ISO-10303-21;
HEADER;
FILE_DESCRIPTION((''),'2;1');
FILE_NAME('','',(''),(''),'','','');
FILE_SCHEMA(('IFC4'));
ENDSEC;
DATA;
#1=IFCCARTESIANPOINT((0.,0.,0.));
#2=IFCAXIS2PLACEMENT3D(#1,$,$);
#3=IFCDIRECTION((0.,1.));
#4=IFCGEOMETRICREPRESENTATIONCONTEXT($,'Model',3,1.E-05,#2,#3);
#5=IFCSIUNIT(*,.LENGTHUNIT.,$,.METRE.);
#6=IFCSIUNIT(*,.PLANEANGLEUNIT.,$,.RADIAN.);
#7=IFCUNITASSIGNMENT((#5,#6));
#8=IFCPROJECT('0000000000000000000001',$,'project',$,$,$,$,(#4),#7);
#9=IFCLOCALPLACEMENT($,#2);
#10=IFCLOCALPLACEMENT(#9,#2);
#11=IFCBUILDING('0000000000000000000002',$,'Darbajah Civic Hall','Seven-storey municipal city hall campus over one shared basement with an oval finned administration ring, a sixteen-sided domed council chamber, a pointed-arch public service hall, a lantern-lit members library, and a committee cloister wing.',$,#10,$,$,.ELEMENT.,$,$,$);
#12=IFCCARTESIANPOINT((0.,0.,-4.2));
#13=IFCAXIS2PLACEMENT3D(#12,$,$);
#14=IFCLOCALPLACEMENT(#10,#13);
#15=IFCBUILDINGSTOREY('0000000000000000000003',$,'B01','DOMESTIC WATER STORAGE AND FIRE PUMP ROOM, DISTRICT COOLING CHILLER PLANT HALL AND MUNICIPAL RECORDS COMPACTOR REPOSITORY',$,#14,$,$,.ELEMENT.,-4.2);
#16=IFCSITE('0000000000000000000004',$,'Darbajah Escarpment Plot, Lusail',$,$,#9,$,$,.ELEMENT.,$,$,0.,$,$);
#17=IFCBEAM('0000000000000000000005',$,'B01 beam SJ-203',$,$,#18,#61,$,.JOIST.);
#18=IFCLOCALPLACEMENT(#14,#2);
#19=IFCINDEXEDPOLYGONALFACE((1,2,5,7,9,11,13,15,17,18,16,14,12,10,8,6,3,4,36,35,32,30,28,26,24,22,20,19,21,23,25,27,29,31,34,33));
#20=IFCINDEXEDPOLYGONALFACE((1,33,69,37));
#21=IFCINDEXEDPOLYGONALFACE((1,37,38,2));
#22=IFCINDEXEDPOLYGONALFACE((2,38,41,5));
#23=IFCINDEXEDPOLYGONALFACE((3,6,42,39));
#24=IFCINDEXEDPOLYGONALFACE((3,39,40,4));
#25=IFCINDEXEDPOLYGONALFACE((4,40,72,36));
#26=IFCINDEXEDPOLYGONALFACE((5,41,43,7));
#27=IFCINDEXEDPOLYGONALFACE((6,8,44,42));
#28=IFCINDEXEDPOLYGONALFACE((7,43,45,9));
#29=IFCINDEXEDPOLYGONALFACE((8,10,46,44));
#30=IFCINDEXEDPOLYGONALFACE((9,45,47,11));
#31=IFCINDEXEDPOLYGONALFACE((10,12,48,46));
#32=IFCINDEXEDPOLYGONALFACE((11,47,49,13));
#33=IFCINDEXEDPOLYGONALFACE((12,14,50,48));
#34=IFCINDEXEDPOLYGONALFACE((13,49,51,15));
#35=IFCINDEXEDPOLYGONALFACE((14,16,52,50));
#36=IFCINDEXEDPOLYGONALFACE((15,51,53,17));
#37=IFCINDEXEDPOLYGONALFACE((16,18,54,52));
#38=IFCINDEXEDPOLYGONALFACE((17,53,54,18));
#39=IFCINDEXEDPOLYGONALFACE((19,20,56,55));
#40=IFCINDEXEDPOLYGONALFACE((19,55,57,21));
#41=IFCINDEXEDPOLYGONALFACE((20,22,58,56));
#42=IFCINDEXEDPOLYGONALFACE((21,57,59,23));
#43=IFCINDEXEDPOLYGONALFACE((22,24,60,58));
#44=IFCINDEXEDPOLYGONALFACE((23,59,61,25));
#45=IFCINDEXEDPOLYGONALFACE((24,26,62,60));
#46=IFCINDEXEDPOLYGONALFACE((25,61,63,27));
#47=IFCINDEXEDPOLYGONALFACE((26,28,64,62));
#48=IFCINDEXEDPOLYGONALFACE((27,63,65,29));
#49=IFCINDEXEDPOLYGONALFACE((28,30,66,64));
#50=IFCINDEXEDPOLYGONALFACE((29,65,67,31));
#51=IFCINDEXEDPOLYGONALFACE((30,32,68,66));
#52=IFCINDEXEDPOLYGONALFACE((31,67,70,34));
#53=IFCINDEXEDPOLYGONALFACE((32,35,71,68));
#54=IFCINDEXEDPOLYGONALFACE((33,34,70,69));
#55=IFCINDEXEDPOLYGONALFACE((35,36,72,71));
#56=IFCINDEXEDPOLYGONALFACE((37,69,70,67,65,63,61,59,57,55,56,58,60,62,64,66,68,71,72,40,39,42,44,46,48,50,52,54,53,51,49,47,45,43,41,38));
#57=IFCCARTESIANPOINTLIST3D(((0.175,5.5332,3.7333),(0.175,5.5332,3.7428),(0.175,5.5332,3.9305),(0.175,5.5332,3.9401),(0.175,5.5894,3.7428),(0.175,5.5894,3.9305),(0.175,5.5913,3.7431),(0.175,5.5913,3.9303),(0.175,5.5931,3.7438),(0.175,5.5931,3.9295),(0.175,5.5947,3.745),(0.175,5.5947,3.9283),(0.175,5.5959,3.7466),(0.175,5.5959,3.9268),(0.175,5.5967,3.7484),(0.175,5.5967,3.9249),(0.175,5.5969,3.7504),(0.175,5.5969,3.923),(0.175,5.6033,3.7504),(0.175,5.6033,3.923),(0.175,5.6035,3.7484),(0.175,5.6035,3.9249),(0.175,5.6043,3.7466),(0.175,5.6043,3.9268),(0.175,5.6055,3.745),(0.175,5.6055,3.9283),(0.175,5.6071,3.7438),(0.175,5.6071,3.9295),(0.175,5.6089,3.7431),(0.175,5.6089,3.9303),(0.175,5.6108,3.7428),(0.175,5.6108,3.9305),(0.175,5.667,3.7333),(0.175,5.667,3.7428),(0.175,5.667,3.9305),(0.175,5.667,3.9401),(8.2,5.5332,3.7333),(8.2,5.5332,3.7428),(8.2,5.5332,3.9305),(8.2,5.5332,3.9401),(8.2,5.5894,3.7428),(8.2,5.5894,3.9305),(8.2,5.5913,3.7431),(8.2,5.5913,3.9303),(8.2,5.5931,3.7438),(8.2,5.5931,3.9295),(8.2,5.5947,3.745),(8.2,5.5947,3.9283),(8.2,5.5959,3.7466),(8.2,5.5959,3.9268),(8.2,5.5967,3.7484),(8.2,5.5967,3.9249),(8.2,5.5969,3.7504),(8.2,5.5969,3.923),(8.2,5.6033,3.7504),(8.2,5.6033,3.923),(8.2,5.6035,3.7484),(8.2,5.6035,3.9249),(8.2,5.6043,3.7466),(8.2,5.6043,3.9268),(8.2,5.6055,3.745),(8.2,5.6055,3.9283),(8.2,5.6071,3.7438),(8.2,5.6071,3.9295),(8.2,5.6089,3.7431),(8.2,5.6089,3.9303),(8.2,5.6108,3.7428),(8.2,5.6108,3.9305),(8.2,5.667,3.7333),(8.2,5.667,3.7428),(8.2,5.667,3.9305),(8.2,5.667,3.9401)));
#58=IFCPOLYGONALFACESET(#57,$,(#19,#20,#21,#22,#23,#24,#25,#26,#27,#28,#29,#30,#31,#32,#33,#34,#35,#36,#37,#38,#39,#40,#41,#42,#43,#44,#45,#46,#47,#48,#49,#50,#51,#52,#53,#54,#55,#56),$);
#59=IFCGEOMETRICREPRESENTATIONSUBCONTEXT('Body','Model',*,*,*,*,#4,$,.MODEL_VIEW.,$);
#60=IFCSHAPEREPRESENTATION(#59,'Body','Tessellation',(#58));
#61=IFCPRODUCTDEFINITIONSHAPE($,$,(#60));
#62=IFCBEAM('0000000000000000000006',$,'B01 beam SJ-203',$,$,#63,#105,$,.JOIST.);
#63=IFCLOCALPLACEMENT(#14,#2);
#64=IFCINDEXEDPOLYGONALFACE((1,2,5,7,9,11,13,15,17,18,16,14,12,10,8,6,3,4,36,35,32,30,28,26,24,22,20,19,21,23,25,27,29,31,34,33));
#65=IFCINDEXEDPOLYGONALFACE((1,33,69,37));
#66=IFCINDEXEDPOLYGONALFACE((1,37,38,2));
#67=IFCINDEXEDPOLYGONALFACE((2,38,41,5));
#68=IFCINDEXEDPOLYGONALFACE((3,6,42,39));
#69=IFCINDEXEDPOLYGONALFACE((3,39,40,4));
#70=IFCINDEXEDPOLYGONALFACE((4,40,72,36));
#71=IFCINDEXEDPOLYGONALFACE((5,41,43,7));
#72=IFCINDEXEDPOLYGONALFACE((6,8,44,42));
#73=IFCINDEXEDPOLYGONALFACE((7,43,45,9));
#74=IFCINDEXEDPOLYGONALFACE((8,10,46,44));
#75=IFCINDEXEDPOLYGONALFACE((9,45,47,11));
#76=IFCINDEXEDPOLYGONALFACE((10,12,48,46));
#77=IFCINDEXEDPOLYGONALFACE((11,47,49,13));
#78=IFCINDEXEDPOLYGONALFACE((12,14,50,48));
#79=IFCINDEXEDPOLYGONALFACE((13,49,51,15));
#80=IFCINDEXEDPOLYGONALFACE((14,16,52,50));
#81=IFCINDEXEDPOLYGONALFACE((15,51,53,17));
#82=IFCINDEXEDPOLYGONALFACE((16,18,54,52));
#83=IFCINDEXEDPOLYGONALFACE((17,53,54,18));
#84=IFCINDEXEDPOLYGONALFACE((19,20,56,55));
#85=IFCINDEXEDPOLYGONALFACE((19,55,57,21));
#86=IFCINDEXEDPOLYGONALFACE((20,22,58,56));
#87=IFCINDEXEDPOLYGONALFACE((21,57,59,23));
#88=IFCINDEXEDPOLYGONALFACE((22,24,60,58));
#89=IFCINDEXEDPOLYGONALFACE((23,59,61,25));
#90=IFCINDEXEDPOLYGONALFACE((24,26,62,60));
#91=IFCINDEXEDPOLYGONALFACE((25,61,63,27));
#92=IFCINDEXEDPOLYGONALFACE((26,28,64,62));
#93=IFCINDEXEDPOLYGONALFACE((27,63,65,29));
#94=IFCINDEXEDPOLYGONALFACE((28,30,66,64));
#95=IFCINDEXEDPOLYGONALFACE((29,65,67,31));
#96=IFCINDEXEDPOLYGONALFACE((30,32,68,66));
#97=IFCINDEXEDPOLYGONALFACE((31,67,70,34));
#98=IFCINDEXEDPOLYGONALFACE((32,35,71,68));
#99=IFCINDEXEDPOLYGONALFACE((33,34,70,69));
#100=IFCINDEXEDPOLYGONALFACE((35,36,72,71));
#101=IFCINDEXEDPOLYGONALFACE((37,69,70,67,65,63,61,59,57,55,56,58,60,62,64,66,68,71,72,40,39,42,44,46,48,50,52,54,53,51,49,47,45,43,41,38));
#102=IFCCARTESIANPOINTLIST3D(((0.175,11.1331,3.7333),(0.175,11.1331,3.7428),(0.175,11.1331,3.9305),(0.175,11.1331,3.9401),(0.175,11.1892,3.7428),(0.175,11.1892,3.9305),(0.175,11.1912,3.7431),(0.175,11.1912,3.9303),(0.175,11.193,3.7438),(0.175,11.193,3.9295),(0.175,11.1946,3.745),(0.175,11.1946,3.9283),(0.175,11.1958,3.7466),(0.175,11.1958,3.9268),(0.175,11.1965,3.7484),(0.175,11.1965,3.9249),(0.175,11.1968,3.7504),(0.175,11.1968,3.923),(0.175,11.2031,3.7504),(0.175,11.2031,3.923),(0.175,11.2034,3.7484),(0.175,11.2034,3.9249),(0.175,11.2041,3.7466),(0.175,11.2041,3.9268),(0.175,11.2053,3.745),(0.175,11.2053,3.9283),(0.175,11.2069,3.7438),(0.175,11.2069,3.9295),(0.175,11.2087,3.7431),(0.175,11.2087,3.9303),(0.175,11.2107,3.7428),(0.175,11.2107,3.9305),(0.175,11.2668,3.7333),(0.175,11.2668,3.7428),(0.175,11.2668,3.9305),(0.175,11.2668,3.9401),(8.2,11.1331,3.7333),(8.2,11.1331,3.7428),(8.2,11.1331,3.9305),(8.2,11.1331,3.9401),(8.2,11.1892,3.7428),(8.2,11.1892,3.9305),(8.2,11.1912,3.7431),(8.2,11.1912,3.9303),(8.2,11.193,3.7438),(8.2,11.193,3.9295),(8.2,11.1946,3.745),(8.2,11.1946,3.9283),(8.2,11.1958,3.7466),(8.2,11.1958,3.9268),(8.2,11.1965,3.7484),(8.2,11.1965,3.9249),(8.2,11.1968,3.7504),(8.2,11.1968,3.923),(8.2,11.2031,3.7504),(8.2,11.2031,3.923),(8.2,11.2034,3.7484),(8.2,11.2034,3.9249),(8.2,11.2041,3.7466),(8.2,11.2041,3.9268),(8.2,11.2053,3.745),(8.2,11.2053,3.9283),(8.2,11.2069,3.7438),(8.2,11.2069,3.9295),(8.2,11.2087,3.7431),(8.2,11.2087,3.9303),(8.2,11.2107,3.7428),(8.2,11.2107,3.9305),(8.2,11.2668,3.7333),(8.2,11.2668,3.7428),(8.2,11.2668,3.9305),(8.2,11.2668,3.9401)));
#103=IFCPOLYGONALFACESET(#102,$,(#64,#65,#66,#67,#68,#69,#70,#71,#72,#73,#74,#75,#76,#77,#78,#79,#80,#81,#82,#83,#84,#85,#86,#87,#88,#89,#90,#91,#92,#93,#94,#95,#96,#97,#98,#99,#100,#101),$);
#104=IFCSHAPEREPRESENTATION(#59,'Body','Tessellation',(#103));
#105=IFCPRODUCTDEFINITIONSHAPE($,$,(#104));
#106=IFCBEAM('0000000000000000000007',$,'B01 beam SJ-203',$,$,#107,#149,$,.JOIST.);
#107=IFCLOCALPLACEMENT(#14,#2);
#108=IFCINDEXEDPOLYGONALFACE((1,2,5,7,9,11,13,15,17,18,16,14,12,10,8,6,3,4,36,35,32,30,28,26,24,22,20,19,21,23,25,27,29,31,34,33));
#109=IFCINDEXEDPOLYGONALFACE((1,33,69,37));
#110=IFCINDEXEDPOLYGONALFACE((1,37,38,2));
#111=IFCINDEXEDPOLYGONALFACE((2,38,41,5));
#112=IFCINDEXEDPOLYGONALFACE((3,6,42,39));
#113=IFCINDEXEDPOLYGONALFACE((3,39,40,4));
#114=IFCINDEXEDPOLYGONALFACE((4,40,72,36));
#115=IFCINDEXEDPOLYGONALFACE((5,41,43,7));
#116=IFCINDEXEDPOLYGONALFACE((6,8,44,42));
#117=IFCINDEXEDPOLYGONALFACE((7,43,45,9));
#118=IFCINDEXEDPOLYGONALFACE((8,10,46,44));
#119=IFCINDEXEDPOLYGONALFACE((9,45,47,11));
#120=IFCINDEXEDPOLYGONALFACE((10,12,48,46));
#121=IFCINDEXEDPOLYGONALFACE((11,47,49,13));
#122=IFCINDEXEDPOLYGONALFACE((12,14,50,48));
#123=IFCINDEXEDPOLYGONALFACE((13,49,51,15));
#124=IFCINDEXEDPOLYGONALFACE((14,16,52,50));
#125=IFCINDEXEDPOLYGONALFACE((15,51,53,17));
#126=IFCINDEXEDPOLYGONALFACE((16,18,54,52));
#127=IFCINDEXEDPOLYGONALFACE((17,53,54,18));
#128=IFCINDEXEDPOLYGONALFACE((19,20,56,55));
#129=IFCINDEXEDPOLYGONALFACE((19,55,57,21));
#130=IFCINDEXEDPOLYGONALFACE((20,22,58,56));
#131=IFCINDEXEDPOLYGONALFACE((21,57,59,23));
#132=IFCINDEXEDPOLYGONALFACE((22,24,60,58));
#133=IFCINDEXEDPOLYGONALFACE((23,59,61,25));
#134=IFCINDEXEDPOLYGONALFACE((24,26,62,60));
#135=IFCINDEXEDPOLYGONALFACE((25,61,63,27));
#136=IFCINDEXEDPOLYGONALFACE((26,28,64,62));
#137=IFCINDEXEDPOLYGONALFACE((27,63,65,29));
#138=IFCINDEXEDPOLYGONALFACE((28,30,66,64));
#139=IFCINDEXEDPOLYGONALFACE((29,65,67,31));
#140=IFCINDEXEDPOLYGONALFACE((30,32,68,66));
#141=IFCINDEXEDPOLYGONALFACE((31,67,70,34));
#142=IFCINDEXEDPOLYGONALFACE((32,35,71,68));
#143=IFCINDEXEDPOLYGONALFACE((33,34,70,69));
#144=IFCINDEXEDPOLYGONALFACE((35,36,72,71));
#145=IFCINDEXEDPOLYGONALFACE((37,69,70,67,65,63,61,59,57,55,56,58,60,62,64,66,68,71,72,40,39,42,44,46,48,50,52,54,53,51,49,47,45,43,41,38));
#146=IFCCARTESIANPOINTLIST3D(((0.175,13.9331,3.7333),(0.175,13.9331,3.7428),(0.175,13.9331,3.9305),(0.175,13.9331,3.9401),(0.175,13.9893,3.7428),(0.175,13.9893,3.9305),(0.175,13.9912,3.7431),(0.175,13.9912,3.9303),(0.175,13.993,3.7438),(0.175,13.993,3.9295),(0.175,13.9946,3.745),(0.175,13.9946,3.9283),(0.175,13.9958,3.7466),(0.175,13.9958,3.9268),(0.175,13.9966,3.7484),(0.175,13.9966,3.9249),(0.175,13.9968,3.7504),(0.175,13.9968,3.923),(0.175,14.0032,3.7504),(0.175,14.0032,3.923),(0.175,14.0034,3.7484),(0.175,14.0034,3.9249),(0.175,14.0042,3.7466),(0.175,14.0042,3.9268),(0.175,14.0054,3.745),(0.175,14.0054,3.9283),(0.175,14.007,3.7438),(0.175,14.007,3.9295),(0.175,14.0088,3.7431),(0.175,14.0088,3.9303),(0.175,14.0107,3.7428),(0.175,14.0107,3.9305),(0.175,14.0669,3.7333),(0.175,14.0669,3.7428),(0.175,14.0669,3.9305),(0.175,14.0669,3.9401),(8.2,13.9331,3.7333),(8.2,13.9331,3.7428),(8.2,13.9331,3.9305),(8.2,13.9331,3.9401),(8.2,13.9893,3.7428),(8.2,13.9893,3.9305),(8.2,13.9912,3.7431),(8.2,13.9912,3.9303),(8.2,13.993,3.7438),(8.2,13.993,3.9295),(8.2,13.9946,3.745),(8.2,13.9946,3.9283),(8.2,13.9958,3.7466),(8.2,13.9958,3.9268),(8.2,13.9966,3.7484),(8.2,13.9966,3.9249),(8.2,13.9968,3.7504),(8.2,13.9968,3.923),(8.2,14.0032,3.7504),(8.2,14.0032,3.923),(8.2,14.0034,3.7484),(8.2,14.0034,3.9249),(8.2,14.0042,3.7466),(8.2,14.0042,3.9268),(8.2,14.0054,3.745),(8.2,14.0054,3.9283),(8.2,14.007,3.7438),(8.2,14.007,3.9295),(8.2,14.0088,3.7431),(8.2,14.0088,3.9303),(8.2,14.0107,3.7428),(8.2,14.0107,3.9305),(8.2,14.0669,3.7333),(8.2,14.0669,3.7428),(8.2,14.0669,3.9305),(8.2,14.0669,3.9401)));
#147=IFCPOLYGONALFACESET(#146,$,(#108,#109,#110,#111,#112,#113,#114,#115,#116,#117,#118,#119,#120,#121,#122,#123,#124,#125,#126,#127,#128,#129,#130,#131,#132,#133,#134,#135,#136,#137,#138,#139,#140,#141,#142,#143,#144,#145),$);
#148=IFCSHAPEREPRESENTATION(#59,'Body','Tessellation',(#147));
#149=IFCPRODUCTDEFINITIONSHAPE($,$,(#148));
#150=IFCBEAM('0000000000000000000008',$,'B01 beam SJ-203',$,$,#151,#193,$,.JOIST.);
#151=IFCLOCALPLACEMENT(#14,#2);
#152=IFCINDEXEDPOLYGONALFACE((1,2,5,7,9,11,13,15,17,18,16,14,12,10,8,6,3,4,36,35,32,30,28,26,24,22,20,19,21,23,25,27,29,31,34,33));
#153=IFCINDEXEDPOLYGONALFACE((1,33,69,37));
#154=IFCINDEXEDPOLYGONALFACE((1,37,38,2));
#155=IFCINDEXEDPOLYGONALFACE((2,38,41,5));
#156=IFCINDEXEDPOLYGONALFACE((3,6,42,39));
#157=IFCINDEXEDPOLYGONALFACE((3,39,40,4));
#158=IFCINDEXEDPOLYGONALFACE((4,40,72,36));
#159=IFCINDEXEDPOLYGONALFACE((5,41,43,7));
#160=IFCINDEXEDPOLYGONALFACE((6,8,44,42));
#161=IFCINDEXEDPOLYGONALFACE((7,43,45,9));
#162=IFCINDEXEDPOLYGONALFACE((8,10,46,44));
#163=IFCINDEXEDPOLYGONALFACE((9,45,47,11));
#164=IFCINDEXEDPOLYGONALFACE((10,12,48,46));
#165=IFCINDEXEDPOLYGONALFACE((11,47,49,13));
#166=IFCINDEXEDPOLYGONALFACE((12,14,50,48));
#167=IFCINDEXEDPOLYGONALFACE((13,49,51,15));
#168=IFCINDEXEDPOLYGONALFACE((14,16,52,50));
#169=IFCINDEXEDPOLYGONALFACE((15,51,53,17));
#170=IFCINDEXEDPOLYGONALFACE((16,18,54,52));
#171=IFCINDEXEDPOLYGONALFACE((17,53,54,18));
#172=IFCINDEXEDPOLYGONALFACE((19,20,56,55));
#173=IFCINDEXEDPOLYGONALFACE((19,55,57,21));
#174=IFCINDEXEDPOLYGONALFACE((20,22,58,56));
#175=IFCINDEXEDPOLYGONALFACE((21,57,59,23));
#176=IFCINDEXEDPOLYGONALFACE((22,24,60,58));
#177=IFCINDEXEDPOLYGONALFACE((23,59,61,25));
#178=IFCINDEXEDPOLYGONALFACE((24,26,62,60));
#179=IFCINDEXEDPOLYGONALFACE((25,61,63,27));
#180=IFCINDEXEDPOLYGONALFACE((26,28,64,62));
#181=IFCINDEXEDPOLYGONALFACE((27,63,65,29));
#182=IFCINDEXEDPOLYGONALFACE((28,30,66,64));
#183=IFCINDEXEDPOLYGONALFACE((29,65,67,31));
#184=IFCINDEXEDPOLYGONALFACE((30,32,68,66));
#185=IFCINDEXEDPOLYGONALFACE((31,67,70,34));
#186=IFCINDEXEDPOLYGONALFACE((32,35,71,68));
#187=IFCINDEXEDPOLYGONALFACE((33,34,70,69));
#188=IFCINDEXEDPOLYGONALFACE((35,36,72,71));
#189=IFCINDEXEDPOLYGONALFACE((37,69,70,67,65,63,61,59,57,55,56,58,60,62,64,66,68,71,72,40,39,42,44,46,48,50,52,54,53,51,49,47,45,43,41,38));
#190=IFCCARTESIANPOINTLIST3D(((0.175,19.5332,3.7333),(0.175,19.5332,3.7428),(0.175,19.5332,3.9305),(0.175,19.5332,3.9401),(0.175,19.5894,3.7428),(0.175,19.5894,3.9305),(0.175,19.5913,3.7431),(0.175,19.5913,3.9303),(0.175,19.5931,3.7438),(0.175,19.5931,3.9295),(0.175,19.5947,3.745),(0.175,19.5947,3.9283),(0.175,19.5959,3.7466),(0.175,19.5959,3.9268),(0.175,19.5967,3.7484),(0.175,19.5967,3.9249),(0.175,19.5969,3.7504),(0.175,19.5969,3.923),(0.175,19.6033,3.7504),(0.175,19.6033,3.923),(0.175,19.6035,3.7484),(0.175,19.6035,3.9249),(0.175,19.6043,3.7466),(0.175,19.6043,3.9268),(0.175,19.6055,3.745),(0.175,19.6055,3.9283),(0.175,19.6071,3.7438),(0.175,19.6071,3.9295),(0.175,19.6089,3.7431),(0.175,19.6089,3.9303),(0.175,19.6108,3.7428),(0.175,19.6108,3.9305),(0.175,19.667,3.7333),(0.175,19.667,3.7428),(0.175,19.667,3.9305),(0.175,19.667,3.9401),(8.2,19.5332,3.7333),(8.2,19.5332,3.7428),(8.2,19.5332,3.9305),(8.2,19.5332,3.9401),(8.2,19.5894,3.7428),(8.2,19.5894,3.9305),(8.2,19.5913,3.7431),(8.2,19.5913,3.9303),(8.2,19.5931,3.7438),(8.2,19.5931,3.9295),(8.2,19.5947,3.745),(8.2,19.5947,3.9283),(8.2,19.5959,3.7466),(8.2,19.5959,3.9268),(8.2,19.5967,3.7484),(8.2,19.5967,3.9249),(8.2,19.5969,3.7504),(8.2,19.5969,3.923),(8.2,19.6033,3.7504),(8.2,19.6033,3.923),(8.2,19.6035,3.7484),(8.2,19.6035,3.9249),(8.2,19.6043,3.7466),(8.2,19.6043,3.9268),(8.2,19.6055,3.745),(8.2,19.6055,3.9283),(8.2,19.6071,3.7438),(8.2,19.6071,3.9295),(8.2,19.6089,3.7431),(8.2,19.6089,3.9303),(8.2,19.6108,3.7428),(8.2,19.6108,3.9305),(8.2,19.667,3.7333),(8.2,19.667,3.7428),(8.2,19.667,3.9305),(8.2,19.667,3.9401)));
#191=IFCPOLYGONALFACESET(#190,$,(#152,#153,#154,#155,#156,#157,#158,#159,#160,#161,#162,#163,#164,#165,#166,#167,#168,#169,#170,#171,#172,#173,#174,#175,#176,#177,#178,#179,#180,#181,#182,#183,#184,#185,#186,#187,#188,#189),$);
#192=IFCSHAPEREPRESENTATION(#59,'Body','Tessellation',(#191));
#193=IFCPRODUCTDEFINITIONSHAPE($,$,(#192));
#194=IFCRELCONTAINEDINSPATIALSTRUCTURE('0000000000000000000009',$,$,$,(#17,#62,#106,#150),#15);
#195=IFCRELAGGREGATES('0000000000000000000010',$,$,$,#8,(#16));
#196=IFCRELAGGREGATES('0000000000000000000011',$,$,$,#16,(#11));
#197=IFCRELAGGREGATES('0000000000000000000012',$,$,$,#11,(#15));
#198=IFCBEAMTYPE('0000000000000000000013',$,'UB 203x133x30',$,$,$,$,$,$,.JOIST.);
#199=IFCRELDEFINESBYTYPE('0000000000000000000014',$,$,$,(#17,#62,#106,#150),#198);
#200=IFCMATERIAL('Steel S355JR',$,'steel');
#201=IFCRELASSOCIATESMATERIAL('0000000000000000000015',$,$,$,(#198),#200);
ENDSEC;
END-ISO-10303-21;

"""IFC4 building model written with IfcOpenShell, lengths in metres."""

from ifc_helpers import new_model, si_unit, direction, frame, origin, origin_2d, place, context, subcontext, project, spatial, i_section, extrude, material, material_profile, profile_set, type_object, element, save


model = new_model("IFC4")

# Units and contexts
model_context = context("Model", 3, precision=1e-05, world=origin(), true_north=direction((0.0, 1.0)))
body_context = subcontext(model_context, "Body", "Model", "MODEL_VIEW")
ifc_project = project(units=[si_unit("LENGTHUNIT", "METRE"), si_unit("PLANEANGLEUNIT", "RADIAN")], contexts=[model_context])

# Site, building, storey
site_placement = place(None, origin())
site = spatial("IfcSite", under=ifc_project, at=site_placement, Name="Darbajah Escarpment Plot, Lusail", CompositionType="ELEMENT", RefElevation=0.0)
building_placement = place(site_placement, origin())
building = spatial("IfcBuilding", under=site, at=building_placement, Name="Darbajah Civic Hall", Description="Seven-storey municipal city hall campus over one shared basement with an oval finned administration ring, a sixteen-sided domed council chamber, a pointed-arch public service hall, a lantern-lit members library, and a committee cloister wing.", CompositionType="ELEMENT")
storey_placement = place(building_placement, frame((0.0, 0.0, -4.2)))
storey = spatial("IfcBuildingStorey", under=building, at=storey_placement, Name="B01", Description="DOMESTIC WATER STORAGE AND FIRE PUMP ROOM, DISTRICT COOLING CHILLER PLANT HALL AND MUNICIPAL RECORDS COMPACTOR REPOSITORY", CompositionType="ELEMENT", Elevation=-4.2)

# Beams
ifc_material_1 = material(Name="Steel S355JR", Category="steel")
ifc_material_profile_1 = material_profile(ifc_material_1, i_section(OverallWidth=0.1338, OverallDepth=0.2068, WebThickness=0.0063, FlangeThickness=0.0095, FilletRadius=0.0076, at=origin_2d()), Name="UB 203x133x30")
ifc_profile_set_1 = profile_set([ifc_material_profile_1], Name="Steel S355JR")
beam_type_1 = type_object("IfcBeamType", Name="UB 203x133x30", PredefinedType="JOIST", material=ifc_profile_set_1)
for number, where, z_axis, x_axis, name in (
    (1, (0.175, 5.6001, 3.8367), (1.0, 0.0, 0.0), (0.0, 1.0, 0.0), "B01 beam SJ-203"),
    (2, (0.175, 11.2, 3.8367), (1.0, 0.0, 0.0), (0.0, 1.0, 0.0), "B01 beam SJ-203"),
    (3, (0.175, 14.0, 3.8367), (1.0, 0.0, 0.0), (0.0, 1.0, 0.0), "B01 beam SJ-203"),
    (4, (0.175, 19.6001, 3.8367), (1.0, 0.0, 0.0), (0.0, 1.0, 0.0), "B01 beam SJ-203"),
):
    element("IfcBeam", number, at=place(storey_placement, frame(where, z_axis=z_axis, x_axis=x_axis)), inside=storey, type_object=beam_type_1, Name=name, PredefinedType="JOIST", context=body_context, shape_type="SweptSolid", body=[
        extrude(i_section(OverallWidth=0.1338, OverallDepth=0.2068, WebThickness=0.0063, FlangeThickness=0.0095, FilletRadius=0.0076, at=origin_2d()), origin(), (0.0, 0.0, 1.0), 8.0249),
    ])

save(model, "model.ifc")
